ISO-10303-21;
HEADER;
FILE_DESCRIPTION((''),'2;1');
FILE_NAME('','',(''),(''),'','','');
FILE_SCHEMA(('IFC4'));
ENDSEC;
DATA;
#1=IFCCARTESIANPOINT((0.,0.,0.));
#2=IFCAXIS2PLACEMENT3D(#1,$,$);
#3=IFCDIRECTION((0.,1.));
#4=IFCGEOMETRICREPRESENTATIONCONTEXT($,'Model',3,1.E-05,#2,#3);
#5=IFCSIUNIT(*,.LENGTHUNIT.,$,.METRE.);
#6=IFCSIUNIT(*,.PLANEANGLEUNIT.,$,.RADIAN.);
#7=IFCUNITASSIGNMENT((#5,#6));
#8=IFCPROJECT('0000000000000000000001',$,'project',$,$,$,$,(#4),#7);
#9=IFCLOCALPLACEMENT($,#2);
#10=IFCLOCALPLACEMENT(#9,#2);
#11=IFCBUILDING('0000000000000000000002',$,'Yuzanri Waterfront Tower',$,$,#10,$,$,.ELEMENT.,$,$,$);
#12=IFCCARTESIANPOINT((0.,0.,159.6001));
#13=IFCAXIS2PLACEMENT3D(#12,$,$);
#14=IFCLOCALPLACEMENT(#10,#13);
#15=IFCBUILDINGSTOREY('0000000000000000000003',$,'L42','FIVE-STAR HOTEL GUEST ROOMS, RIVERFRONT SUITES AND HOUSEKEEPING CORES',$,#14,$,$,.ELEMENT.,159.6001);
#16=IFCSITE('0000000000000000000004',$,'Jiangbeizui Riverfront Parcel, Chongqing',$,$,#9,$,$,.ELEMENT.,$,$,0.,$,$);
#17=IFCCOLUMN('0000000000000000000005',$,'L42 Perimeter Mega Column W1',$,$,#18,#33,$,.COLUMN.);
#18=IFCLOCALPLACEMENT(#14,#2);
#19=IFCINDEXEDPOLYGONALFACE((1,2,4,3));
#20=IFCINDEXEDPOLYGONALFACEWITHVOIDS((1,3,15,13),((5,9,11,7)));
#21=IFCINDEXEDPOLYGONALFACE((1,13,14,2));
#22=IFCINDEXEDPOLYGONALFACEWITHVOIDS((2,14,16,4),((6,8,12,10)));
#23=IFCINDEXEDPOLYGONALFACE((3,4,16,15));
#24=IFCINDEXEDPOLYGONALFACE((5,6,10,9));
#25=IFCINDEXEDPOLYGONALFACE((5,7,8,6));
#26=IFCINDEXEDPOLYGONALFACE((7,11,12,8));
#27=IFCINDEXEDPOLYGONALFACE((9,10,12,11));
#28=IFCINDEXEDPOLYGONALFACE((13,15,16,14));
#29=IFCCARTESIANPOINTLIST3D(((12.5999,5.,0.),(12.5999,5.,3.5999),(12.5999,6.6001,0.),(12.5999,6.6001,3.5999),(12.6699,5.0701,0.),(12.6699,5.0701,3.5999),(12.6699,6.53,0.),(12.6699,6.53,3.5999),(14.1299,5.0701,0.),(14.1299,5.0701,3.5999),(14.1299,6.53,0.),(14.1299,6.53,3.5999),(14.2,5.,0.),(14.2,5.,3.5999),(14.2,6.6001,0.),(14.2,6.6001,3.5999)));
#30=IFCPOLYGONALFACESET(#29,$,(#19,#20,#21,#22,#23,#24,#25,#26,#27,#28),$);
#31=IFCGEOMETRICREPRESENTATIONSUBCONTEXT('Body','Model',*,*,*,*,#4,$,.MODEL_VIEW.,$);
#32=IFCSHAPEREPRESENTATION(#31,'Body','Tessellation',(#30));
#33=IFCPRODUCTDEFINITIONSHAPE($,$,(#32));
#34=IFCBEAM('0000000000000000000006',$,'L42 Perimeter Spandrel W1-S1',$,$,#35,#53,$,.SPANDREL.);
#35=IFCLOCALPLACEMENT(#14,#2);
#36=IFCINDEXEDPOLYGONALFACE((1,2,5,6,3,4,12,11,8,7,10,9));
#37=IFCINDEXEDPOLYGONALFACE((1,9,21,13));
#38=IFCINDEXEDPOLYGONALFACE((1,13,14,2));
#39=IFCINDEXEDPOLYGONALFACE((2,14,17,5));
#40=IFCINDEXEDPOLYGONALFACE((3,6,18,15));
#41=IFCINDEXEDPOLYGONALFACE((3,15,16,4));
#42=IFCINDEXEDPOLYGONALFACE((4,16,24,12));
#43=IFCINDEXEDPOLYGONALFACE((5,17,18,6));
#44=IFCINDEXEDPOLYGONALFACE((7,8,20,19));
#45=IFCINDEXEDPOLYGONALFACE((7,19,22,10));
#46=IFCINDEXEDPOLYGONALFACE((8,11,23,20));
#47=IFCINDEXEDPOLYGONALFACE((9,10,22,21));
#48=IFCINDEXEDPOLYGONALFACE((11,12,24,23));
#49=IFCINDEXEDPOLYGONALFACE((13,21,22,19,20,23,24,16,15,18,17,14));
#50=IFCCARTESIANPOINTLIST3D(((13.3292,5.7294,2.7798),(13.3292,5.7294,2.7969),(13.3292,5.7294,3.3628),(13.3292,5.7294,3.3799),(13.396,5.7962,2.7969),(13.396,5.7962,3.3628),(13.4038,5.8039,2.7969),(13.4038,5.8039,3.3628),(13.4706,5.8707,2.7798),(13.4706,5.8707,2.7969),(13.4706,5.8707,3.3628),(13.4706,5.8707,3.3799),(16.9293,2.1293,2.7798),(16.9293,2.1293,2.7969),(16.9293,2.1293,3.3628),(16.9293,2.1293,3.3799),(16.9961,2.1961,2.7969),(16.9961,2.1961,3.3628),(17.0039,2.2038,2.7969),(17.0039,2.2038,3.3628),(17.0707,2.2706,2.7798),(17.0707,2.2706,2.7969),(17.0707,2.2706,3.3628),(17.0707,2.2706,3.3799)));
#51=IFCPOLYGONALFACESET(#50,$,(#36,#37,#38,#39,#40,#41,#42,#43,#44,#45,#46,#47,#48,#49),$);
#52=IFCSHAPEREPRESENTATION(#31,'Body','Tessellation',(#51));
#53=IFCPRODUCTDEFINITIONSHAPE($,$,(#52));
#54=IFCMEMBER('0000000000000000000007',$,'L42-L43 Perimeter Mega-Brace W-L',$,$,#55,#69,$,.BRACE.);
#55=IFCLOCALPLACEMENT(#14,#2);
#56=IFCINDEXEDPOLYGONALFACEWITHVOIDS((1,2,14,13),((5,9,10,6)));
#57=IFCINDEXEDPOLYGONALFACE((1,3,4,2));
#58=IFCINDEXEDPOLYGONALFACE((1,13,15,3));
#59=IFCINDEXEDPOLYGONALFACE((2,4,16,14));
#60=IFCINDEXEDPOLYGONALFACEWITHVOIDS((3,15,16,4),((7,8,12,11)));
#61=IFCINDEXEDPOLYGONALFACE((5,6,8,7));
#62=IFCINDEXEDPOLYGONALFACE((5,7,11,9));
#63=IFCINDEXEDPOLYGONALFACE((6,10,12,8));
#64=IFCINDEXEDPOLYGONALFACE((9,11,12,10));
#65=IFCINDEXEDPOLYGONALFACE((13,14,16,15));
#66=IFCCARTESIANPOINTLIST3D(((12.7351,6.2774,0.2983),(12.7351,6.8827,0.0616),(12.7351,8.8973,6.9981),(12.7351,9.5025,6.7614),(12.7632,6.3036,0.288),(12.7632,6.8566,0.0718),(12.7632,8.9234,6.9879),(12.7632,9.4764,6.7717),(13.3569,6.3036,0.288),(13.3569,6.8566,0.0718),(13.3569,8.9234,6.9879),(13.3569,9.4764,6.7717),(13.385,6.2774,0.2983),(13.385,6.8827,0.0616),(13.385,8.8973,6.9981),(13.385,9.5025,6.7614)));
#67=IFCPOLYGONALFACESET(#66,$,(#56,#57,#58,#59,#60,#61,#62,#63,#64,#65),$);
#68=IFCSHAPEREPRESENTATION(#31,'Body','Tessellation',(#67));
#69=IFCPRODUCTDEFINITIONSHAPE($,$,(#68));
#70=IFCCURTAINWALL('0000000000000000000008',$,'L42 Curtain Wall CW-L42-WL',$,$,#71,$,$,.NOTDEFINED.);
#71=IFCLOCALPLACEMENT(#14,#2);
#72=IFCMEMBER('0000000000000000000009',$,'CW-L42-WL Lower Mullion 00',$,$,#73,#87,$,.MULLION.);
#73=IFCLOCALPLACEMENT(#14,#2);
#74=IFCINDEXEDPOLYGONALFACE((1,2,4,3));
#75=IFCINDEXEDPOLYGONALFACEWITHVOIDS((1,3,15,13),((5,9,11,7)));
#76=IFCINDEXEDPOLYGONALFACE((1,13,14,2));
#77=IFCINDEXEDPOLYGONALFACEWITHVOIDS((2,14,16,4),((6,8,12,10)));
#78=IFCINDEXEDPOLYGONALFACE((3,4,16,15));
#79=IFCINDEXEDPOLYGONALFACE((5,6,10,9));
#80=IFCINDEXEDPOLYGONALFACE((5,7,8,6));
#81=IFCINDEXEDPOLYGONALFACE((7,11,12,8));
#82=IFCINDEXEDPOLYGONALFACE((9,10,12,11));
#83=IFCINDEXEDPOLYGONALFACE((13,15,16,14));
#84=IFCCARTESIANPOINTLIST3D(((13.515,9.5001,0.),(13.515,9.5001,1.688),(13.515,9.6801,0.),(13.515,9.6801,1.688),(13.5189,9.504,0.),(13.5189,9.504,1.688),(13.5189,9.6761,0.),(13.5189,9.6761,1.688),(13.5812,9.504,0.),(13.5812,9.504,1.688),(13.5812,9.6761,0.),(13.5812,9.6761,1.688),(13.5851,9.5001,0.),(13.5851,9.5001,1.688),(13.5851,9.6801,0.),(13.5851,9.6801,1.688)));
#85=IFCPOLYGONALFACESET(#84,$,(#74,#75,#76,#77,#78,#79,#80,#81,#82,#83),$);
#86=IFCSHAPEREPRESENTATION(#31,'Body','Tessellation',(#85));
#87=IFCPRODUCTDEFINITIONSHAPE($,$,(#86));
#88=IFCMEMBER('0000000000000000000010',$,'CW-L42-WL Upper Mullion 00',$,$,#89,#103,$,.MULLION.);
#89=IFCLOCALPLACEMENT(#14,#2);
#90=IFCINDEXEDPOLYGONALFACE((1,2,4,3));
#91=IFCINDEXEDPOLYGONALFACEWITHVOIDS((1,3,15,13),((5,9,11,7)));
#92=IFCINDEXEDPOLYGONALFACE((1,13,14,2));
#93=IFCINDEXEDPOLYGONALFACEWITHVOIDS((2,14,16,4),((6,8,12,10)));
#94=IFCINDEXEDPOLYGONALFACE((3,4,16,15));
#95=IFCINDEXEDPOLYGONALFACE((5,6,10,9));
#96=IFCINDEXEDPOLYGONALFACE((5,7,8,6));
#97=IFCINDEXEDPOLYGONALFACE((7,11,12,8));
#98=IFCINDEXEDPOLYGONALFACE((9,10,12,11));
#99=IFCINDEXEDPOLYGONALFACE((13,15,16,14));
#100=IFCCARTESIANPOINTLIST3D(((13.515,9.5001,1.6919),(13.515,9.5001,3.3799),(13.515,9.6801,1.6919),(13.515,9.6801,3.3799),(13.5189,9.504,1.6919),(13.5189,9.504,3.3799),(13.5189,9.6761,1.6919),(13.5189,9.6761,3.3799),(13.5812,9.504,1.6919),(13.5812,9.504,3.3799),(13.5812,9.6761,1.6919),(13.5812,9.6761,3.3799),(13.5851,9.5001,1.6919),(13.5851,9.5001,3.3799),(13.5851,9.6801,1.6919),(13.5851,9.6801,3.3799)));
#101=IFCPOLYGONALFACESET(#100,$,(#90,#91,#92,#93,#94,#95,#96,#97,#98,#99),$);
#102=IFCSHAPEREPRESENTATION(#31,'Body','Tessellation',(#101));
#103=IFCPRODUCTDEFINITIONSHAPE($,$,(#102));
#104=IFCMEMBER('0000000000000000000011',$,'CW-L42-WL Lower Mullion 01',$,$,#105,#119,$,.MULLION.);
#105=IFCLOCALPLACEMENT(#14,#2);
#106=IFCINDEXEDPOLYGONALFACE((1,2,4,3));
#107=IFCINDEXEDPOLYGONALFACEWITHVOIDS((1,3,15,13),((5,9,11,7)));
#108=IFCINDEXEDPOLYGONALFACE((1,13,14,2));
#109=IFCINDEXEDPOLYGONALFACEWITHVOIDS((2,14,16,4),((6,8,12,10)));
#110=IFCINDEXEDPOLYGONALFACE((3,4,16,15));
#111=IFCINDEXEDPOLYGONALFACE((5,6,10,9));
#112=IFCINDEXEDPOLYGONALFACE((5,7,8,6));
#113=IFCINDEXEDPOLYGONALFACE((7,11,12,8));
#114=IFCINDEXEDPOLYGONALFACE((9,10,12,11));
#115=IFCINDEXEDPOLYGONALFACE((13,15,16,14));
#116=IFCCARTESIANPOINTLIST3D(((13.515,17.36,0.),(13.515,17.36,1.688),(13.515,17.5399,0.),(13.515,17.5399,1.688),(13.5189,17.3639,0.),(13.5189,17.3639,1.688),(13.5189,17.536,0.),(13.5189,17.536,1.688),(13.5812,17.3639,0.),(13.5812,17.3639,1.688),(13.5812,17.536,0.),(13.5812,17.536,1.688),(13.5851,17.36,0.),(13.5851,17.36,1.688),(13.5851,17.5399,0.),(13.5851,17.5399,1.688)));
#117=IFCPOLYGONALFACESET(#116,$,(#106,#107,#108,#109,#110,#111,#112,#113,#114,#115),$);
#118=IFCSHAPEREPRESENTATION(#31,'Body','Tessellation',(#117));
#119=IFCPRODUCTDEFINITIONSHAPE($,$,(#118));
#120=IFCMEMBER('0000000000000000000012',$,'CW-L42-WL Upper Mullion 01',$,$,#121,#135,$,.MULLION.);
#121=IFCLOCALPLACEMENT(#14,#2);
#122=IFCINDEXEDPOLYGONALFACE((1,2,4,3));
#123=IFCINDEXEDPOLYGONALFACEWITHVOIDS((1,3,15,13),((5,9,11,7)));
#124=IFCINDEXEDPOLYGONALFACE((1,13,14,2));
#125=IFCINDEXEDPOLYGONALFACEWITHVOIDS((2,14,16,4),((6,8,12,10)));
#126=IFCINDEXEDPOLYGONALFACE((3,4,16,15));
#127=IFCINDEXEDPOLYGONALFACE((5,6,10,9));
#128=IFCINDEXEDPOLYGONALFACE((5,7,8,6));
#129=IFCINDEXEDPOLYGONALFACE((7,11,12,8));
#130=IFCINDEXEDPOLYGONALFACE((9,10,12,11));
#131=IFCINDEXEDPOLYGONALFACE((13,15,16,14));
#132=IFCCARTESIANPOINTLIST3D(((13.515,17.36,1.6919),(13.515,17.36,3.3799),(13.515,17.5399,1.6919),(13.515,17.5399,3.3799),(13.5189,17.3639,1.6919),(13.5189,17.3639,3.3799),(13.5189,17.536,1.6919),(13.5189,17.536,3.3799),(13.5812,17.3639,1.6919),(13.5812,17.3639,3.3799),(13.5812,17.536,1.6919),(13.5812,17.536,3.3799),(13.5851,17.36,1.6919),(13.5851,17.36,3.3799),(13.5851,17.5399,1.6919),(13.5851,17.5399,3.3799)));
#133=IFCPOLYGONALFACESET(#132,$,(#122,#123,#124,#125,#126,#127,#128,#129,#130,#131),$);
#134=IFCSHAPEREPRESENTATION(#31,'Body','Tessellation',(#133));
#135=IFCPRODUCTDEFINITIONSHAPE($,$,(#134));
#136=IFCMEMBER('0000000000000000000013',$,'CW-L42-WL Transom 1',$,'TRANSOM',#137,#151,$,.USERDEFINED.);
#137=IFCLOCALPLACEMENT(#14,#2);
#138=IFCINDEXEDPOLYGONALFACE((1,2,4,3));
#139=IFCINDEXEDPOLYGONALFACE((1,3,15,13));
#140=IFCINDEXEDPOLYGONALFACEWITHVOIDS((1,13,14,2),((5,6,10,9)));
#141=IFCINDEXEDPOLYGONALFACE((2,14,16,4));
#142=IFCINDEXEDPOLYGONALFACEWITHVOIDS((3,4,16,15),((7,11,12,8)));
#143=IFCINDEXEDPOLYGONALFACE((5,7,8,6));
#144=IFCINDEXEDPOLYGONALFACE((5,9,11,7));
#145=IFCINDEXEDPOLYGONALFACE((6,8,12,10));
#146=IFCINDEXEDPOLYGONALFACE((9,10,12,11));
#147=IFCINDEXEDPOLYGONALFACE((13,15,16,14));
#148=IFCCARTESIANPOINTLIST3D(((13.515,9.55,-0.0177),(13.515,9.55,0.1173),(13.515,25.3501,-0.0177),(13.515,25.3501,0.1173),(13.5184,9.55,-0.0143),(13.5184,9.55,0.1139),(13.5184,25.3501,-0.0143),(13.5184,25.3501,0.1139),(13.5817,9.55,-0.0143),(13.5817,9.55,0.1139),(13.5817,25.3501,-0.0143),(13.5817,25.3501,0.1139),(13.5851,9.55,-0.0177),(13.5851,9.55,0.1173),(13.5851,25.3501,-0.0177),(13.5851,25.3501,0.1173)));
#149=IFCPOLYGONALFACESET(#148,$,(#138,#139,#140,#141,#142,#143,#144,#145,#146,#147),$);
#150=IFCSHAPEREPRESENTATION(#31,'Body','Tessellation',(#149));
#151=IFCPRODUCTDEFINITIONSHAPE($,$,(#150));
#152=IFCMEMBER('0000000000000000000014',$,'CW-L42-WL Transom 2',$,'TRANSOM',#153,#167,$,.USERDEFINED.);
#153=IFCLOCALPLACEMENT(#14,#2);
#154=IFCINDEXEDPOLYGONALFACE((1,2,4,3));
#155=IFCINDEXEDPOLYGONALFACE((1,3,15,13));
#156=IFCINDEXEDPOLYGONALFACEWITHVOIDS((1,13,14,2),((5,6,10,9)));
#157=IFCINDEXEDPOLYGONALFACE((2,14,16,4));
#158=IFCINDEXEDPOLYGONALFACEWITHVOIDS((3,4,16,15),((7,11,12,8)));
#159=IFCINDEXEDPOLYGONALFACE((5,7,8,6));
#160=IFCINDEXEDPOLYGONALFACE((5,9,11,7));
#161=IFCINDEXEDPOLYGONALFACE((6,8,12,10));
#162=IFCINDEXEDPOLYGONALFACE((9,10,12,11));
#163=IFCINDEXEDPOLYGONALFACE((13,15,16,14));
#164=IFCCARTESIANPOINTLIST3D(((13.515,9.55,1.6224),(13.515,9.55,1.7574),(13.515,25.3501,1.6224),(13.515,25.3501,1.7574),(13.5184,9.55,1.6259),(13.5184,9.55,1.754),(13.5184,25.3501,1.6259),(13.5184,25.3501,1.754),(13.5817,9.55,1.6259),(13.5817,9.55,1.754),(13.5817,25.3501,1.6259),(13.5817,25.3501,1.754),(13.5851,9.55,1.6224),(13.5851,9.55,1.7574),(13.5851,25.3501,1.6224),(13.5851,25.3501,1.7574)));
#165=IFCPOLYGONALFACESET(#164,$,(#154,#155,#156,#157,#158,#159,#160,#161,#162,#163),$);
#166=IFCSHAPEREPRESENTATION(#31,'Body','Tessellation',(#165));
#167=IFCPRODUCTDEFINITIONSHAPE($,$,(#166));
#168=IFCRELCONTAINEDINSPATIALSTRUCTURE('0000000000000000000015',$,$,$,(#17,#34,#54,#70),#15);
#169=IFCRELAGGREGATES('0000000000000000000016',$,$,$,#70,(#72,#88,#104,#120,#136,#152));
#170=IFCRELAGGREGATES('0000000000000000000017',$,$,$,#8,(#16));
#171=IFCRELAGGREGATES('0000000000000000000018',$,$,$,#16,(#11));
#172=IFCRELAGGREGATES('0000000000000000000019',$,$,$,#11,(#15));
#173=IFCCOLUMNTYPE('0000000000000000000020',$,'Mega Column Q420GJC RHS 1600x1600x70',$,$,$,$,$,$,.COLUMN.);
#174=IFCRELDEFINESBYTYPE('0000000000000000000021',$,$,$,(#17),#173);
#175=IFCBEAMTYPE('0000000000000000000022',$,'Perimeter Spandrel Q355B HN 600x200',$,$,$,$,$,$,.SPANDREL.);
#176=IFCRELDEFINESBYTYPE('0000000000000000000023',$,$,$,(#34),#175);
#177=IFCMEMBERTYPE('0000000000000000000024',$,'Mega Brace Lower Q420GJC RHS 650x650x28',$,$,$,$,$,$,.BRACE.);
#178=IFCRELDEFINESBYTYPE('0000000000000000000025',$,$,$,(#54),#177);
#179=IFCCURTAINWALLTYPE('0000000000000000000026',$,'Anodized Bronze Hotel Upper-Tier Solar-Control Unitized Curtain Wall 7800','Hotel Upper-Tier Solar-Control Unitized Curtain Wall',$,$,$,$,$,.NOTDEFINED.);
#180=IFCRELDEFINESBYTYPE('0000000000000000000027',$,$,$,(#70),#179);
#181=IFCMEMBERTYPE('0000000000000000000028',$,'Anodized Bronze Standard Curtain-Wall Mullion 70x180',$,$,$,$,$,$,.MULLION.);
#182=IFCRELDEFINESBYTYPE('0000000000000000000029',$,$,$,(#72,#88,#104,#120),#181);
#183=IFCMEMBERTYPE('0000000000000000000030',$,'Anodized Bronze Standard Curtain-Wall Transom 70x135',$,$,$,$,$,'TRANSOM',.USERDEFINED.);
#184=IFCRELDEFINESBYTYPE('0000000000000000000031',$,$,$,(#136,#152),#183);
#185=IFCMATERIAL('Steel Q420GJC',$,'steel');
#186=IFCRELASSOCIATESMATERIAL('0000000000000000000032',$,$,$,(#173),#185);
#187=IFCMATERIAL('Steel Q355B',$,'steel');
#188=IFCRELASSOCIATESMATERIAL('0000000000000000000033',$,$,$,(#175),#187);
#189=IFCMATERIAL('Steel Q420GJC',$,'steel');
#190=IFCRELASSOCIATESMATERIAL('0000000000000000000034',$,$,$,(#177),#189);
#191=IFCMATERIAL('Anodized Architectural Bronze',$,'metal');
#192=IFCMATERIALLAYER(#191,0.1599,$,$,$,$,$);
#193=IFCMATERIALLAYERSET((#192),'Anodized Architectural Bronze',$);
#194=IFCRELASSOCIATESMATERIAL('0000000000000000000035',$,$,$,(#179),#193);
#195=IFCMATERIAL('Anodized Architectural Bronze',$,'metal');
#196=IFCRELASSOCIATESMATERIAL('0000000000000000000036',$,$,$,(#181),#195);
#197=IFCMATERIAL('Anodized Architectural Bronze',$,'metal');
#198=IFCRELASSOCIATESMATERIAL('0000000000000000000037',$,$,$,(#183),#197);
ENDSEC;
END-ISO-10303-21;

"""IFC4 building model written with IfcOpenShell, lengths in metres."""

from ifc_helpers import new_model, si_unit, direction, frame, origin, origin_2d, place, context, subcontext, project, spatial, hollow_rectangle, i_section, extrude, source, transform, mapped, material, layer, layer_set, material_profile, profile_set, type_object, element, aggregate, save


model = new_model("IFC4")

# Units and contexts
model_context = context("Model", 3, precision=1e-05, world=origin(), true_north=direction((0.0, 1.0)))
body_context = subcontext(model_context, "Body", "Model", "MODEL_VIEW")
ifc_project = project(units=[si_unit("LENGTHUNIT", "METRE"), si_unit("PLANEANGLEUNIT", "RADIAN")], contexts=[model_context])

# Site, building, storey
site_placement = place(None, origin())
site = spatial("IfcSite", under=ifc_project, at=site_placement, Name="Jiangbeizui Riverfront Parcel, Chongqing", CompositionType="ELEMENT", RefElevation=0.0)
building_placement = place(site_placement, origin())
building = spatial("IfcBuilding", under=site, at=building_placement, Name="Yuzanri Waterfront Tower", CompositionType="ELEMENT")
storey_placement = place(building_placement, frame((0.0, 0.0, 159.6001)))
storey = spatial("IfcBuildingStorey", under=building, at=storey_placement, Name="L42", Description="FIVE-STAR HOTEL GUEST ROOMS, RIVERFRONT SUITES AND HOUSEKEEPING CORES", CompositionType="ELEMENT", Elevation=159.6001)

# Column
ifc_material_1 = material(Name="Steel Q420GJC", Category="steel")
ifc_material_profile_1 = material_profile(ifc_material_1, hollow_rectangle(XDim=1.6001, YDim=1.6001, WallThickness=0.0701, at=origin_2d()), Name="RHS 1600x1600x70")
ifc_profile_set_1 = profile_set([ifc_material_profile_1], Name="Steel Q420GJC")
column_type = type_object("IfcColumnType", Name="Mega Column Q420GJC RHS 1600x1600x70", PredefinedType="COLUMN", material=ifc_profile_set_1)
shared_shape_1 = source(origin(), body_context, "Body", "SweptSolid", [
    extrude(hollow_rectangle(XDim=1.6001, YDim=1.6001, WallThickness=0.0701, at=origin_2d()), origin(), (0.0, 0.0, 1.0), 3.5999),
])
column_placement = place(storey_placement, frame((13.3999, 5.8, 0.0), z_axis=(0.0, 0.0, 1.0), x_axis=(1.0, 0.0, 0.0)))
element("IfcColumn", 1, at=column_placement, inside=storey, type_object=column_type, Name="L42 Perimeter Mega Column W1", PredefinedType="COLUMN", context=body_context, shape_type="MappedRepresentation", body=[
    mapped(shared_shape_1, transform((0.0, 0.0, 0.0), scale=1.0)),
])

# Beam
ifc_material_2 = material(Name="Steel Q355B", Category="steel")
ifc_material_profile_2 = material_profile(ifc_material_2, i_section(OverallWidth=0.2, OverallDepth=0.6001, WebThickness=0.011, FlangeThickness=0.0171, at=origin_2d()), Name="HN 600x200x11x17")
ifc_profile_set_2 = profile_set([ifc_material_profile_2], Name="Steel Q355B")
beam_type = type_object("IfcBeamType", Name="Perimeter Spandrel Q355B HN 600x200", PredefinedType="SPANDREL", material=ifc_profile_set_2)
shared_shape_2 = source(origin(), body_context, "Body", "SweptSolid", [
    extrude(i_section(OverallWidth=0.2, OverallDepth=0.6001, WebThickness=0.011, FlangeThickness=0.0171, at=origin_2d()), origin(), (0.0, 0.0, 1.0), 5.0913),
])
beam_placement = place(storey_placement, frame((13.3999, 5.8, 3.0798), z_axis=(0.707107, -0.707107, 0.0), x_axis=(0.707107, 0.707107, 0.0)))
element("IfcBeam", 2, at=beam_placement, inside=storey, type_object=beam_type, Name="L42 Perimeter Spandrel W1-S1", PredefinedType="SPANDREL", context=body_context, shape_type="MappedRepresentation", body=[
    mapped(shared_shape_2, transform((0.0, 0.0, 0.0), scale=1.0)),
])

# Member
ifc_material_3 = material(Name="Steel Q420GJC", Category="steel")
ifc_material_profile_3 = material_profile(ifc_material_3, hollow_rectangle(XDim=0.6499, YDim=0.6499, WallThickness=0.0281, at=origin_2d()), Name="RHS 650x650x28")
ifc_profile_set_3 = profile_set([ifc_material_profile_3], Name="Steel Q420GJC")
member_type_1 = type_object("IfcMemberType", Name="Mega Brace Lower Q420GJC RHS 650x650x28", PredefinedType="BRACE", material=ifc_profile_set_3)
shared_shape_3 = source(origin(), body_context, "Body", "SweptSolid", [
    extrude(hollow_rectangle(XDim=0.6499, YDim=0.6499, WallThickness=0.0281, at=origin_2d()), origin(), (0.0, 0.0, 1.0), 7.1938),
])
member_1_placement = place(storey_placement, frame((13.0601, 6.5801, 0.1799), z_axis=(0.0, 0.364177, 0.93133), x_axis=(-1.0, 0.0, 0.0)))
element("IfcMember", 3, at=member_1_placement, inside=storey, type_object=member_type_1, Name="L42-L43 Perimeter Mega-Brace W-L", PredefinedType="BRACE", context=body_context, shape_type="MappedRepresentation", body=[
    mapped(shared_shape_3, transform((0.0, 0.0, 0.0), scale=1.0)),
])

# Curtain wall, members
ifc_material_4 = material(Name="Anodized Architectural Bronze", Category="metal")
ifc_layer_1 = layer(ifc_material_4, 0.1599)
ifc_layer_set_1 = layer_set([ifc_layer_1], Name="Anodized Architectural Bronze")
curtain_wall_type = type_object("IfcCurtainWallType", Name="Anodized Bronze Hotel Upper-Tier Solar-Control Unitized Curtain Wall 7800", Description="Hotel Upper-Tier Solar-Control Unitized Curtain Wall", PredefinedType="NOTDEFINED", material=ifc_layer_set_1)
curtain_wall_placement = place(storey_placement, origin())
curtain_wall = element("IfcCurtainWall", 4, at=curtain_wall_placement, inside=storey, type_object=curtain_wall_type, Name="L42 Curtain Wall CW-L42-WL", PredefinedType="NOTDEFINED")
ifc_material_5 = material(Name="Anodized Architectural Bronze", Category="metal")
ifc_material_profile_4 = material_profile(ifc_material_5, hollow_rectangle(XDim=0.0701, YDim=0.1799, WallThickness=0.0039, at=origin_2d()), Name="CWM 70x180")
ifc_profile_set_4 = profile_set([ifc_material_profile_4], Name="Anodized Architectural Bronze")
member_type_2 = type_object("IfcMemberType", Name="Anodized Bronze Standard Curtain-Wall Mullion 70x180", PredefinedType="MULLION", material=ifc_profile_set_4)
shared_shape_4 = source(origin(), body_context, "Body", "SweptSolid", [
    extrude(hollow_rectangle(XDim=0.0701, YDim=0.1799, WallThickness=0.0039, at=origin_2d()), origin(), (0.0, 0.0, 1.0), 1.688),
])
member_2_placement = place(storey_placement, frame((13.55, 9.5901, 0.0), z_axis=(0.0, 0.0, 1.0), x_axis=(1.0, 0.0, 0.0)))
member_2 = element("IfcMember", 5, at=member_2_placement, type_object=member_type_2, Name="CW-L42-WL Lower Mullion 00", PredefinedType="MULLION", context=body_context, shape_type="MappedRepresentation", body=[
    mapped(shared_shape_4, transform((0.0, 0.0, 0.0), scale=1.0)),
])
member_3_placement = place(storey_placement, frame((13.55, 9.5901, 1.6919), z_axis=(0.0, 0.0, 1.0), x_axis=(1.0, 0.0, 0.0)))
member_3 = element("IfcMember", 6, at=member_3_placement, type_object=member_type_2, Name="CW-L42-WL Upper Mullion 00", PredefinedType="MULLION", context=body_context, shape_type="MappedRepresentation", body=[
    mapped(shared_shape_4, transform((0.0, 0.0, 0.0), scale=1.0)),
])
member_4_placement = place(storey_placement, frame((13.55, 17.45, 0.0), z_axis=(0.0, 0.0, 1.0), x_axis=(1.0, 0.0, 0.0)))
member_4 = element("IfcMember", 7, at=member_4_placement, type_object=member_type_2, Name="CW-L42-WL Lower Mullion 01", PredefinedType="MULLION", context=body_context, shape_type="MappedRepresentation", body=[
    mapped(shared_shape_4, transform((0.0, 0.0, 0.0), scale=1.0)),
])
member_5_placement = place(storey_placement, frame((13.55, 17.45, 1.6919), z_axis=(0.0, 0.0, 1.0), x_axis=(1.0, 0.0, 0.0)))
member_5 = element("IfcMember", 8, at=member_5_placement, type_object=member_type_2, Name="CW-L42-WL Upper Mullion 01", PredefinedType="MULLION", context=body_context, shape_type="MappedRepresentation", body=[
    mapped(shared_shape_4, transform((0.0, 0.0, 0.0), scale=1.0)),
])
ifc_material_6 = material(Name="Anodized Architectural Bronze", Category="metal")
ifc_material_profile_5 = material_profile(ifc_material_6, hollow_rectangle(XDim=0.0701, YDim=0.135, WallThickness=0.0034, at=origin_2d()), Name="CWT 70x135")
ifc_profile_set_5 = profile_set([ifc_material_profile_5], Name="Anodized Architectural Bronze")
member_type_3 = type_object("IfcMemberType", Name="Anodized Bronze Standard Curtain-Wall Transom 70x135", ElementType="TRANSOM", PredefinedType="USERDEFINED", material=ifc_profile_set_5)
shared_shape_5 = source(origin(), body_context, "Body", "SweptSolid", [
    extrude(hollow_rectangle(XDim=0.0701, YDim=0.135, WallThickness=0.0034, at=origin_2d()), origin(), (0.0, 0.0, 1.0), 15.8),
])
member_6_placement = place(storey_placement, frame((13.55, 9.55, 0.0498), z_axis=(0.0, 1.0, 0.0), x_axis=(-1.0, 0.0, 0.0)))
member_6 = element("IfcMember", 9, at=member_6_placement, type_object=member_type_3, Name="CW-L42-WL Transom 1", ObjectType="TRANSOM", PredefinedType="USERDEFINED", context=body_context, shape_type="MappedRepresentation", body=[
    mapped(shared_shape_5, transform((0.0, 0.0, 0.0), scale=1.0)),
])
member_7_placement = place(storey_placement, frame((13.55, 9.55, 1.6899), z_axis=(0.0, 1.0, 0.0), x_axis=(-1.0, 0.0, 0.0)))
member_7 = element("IfcMember", 10, at=member_7_placement, type_object=member_type_3, Name="CW-L42-WL Transom 2", ObjectType="TRANSOM", PredefinedType="USERDEFINED", context=body_context, shape_type="MappedRepresentation", body=[
    mapped(shared_shape_5, transform((0.0, 0.0, 0.0), scale=1.0)),
])

aggregate(curtain_wall, [member_2, member_3, member_4, member_5, member_6, member_7])

save(model, "model.ifc")
